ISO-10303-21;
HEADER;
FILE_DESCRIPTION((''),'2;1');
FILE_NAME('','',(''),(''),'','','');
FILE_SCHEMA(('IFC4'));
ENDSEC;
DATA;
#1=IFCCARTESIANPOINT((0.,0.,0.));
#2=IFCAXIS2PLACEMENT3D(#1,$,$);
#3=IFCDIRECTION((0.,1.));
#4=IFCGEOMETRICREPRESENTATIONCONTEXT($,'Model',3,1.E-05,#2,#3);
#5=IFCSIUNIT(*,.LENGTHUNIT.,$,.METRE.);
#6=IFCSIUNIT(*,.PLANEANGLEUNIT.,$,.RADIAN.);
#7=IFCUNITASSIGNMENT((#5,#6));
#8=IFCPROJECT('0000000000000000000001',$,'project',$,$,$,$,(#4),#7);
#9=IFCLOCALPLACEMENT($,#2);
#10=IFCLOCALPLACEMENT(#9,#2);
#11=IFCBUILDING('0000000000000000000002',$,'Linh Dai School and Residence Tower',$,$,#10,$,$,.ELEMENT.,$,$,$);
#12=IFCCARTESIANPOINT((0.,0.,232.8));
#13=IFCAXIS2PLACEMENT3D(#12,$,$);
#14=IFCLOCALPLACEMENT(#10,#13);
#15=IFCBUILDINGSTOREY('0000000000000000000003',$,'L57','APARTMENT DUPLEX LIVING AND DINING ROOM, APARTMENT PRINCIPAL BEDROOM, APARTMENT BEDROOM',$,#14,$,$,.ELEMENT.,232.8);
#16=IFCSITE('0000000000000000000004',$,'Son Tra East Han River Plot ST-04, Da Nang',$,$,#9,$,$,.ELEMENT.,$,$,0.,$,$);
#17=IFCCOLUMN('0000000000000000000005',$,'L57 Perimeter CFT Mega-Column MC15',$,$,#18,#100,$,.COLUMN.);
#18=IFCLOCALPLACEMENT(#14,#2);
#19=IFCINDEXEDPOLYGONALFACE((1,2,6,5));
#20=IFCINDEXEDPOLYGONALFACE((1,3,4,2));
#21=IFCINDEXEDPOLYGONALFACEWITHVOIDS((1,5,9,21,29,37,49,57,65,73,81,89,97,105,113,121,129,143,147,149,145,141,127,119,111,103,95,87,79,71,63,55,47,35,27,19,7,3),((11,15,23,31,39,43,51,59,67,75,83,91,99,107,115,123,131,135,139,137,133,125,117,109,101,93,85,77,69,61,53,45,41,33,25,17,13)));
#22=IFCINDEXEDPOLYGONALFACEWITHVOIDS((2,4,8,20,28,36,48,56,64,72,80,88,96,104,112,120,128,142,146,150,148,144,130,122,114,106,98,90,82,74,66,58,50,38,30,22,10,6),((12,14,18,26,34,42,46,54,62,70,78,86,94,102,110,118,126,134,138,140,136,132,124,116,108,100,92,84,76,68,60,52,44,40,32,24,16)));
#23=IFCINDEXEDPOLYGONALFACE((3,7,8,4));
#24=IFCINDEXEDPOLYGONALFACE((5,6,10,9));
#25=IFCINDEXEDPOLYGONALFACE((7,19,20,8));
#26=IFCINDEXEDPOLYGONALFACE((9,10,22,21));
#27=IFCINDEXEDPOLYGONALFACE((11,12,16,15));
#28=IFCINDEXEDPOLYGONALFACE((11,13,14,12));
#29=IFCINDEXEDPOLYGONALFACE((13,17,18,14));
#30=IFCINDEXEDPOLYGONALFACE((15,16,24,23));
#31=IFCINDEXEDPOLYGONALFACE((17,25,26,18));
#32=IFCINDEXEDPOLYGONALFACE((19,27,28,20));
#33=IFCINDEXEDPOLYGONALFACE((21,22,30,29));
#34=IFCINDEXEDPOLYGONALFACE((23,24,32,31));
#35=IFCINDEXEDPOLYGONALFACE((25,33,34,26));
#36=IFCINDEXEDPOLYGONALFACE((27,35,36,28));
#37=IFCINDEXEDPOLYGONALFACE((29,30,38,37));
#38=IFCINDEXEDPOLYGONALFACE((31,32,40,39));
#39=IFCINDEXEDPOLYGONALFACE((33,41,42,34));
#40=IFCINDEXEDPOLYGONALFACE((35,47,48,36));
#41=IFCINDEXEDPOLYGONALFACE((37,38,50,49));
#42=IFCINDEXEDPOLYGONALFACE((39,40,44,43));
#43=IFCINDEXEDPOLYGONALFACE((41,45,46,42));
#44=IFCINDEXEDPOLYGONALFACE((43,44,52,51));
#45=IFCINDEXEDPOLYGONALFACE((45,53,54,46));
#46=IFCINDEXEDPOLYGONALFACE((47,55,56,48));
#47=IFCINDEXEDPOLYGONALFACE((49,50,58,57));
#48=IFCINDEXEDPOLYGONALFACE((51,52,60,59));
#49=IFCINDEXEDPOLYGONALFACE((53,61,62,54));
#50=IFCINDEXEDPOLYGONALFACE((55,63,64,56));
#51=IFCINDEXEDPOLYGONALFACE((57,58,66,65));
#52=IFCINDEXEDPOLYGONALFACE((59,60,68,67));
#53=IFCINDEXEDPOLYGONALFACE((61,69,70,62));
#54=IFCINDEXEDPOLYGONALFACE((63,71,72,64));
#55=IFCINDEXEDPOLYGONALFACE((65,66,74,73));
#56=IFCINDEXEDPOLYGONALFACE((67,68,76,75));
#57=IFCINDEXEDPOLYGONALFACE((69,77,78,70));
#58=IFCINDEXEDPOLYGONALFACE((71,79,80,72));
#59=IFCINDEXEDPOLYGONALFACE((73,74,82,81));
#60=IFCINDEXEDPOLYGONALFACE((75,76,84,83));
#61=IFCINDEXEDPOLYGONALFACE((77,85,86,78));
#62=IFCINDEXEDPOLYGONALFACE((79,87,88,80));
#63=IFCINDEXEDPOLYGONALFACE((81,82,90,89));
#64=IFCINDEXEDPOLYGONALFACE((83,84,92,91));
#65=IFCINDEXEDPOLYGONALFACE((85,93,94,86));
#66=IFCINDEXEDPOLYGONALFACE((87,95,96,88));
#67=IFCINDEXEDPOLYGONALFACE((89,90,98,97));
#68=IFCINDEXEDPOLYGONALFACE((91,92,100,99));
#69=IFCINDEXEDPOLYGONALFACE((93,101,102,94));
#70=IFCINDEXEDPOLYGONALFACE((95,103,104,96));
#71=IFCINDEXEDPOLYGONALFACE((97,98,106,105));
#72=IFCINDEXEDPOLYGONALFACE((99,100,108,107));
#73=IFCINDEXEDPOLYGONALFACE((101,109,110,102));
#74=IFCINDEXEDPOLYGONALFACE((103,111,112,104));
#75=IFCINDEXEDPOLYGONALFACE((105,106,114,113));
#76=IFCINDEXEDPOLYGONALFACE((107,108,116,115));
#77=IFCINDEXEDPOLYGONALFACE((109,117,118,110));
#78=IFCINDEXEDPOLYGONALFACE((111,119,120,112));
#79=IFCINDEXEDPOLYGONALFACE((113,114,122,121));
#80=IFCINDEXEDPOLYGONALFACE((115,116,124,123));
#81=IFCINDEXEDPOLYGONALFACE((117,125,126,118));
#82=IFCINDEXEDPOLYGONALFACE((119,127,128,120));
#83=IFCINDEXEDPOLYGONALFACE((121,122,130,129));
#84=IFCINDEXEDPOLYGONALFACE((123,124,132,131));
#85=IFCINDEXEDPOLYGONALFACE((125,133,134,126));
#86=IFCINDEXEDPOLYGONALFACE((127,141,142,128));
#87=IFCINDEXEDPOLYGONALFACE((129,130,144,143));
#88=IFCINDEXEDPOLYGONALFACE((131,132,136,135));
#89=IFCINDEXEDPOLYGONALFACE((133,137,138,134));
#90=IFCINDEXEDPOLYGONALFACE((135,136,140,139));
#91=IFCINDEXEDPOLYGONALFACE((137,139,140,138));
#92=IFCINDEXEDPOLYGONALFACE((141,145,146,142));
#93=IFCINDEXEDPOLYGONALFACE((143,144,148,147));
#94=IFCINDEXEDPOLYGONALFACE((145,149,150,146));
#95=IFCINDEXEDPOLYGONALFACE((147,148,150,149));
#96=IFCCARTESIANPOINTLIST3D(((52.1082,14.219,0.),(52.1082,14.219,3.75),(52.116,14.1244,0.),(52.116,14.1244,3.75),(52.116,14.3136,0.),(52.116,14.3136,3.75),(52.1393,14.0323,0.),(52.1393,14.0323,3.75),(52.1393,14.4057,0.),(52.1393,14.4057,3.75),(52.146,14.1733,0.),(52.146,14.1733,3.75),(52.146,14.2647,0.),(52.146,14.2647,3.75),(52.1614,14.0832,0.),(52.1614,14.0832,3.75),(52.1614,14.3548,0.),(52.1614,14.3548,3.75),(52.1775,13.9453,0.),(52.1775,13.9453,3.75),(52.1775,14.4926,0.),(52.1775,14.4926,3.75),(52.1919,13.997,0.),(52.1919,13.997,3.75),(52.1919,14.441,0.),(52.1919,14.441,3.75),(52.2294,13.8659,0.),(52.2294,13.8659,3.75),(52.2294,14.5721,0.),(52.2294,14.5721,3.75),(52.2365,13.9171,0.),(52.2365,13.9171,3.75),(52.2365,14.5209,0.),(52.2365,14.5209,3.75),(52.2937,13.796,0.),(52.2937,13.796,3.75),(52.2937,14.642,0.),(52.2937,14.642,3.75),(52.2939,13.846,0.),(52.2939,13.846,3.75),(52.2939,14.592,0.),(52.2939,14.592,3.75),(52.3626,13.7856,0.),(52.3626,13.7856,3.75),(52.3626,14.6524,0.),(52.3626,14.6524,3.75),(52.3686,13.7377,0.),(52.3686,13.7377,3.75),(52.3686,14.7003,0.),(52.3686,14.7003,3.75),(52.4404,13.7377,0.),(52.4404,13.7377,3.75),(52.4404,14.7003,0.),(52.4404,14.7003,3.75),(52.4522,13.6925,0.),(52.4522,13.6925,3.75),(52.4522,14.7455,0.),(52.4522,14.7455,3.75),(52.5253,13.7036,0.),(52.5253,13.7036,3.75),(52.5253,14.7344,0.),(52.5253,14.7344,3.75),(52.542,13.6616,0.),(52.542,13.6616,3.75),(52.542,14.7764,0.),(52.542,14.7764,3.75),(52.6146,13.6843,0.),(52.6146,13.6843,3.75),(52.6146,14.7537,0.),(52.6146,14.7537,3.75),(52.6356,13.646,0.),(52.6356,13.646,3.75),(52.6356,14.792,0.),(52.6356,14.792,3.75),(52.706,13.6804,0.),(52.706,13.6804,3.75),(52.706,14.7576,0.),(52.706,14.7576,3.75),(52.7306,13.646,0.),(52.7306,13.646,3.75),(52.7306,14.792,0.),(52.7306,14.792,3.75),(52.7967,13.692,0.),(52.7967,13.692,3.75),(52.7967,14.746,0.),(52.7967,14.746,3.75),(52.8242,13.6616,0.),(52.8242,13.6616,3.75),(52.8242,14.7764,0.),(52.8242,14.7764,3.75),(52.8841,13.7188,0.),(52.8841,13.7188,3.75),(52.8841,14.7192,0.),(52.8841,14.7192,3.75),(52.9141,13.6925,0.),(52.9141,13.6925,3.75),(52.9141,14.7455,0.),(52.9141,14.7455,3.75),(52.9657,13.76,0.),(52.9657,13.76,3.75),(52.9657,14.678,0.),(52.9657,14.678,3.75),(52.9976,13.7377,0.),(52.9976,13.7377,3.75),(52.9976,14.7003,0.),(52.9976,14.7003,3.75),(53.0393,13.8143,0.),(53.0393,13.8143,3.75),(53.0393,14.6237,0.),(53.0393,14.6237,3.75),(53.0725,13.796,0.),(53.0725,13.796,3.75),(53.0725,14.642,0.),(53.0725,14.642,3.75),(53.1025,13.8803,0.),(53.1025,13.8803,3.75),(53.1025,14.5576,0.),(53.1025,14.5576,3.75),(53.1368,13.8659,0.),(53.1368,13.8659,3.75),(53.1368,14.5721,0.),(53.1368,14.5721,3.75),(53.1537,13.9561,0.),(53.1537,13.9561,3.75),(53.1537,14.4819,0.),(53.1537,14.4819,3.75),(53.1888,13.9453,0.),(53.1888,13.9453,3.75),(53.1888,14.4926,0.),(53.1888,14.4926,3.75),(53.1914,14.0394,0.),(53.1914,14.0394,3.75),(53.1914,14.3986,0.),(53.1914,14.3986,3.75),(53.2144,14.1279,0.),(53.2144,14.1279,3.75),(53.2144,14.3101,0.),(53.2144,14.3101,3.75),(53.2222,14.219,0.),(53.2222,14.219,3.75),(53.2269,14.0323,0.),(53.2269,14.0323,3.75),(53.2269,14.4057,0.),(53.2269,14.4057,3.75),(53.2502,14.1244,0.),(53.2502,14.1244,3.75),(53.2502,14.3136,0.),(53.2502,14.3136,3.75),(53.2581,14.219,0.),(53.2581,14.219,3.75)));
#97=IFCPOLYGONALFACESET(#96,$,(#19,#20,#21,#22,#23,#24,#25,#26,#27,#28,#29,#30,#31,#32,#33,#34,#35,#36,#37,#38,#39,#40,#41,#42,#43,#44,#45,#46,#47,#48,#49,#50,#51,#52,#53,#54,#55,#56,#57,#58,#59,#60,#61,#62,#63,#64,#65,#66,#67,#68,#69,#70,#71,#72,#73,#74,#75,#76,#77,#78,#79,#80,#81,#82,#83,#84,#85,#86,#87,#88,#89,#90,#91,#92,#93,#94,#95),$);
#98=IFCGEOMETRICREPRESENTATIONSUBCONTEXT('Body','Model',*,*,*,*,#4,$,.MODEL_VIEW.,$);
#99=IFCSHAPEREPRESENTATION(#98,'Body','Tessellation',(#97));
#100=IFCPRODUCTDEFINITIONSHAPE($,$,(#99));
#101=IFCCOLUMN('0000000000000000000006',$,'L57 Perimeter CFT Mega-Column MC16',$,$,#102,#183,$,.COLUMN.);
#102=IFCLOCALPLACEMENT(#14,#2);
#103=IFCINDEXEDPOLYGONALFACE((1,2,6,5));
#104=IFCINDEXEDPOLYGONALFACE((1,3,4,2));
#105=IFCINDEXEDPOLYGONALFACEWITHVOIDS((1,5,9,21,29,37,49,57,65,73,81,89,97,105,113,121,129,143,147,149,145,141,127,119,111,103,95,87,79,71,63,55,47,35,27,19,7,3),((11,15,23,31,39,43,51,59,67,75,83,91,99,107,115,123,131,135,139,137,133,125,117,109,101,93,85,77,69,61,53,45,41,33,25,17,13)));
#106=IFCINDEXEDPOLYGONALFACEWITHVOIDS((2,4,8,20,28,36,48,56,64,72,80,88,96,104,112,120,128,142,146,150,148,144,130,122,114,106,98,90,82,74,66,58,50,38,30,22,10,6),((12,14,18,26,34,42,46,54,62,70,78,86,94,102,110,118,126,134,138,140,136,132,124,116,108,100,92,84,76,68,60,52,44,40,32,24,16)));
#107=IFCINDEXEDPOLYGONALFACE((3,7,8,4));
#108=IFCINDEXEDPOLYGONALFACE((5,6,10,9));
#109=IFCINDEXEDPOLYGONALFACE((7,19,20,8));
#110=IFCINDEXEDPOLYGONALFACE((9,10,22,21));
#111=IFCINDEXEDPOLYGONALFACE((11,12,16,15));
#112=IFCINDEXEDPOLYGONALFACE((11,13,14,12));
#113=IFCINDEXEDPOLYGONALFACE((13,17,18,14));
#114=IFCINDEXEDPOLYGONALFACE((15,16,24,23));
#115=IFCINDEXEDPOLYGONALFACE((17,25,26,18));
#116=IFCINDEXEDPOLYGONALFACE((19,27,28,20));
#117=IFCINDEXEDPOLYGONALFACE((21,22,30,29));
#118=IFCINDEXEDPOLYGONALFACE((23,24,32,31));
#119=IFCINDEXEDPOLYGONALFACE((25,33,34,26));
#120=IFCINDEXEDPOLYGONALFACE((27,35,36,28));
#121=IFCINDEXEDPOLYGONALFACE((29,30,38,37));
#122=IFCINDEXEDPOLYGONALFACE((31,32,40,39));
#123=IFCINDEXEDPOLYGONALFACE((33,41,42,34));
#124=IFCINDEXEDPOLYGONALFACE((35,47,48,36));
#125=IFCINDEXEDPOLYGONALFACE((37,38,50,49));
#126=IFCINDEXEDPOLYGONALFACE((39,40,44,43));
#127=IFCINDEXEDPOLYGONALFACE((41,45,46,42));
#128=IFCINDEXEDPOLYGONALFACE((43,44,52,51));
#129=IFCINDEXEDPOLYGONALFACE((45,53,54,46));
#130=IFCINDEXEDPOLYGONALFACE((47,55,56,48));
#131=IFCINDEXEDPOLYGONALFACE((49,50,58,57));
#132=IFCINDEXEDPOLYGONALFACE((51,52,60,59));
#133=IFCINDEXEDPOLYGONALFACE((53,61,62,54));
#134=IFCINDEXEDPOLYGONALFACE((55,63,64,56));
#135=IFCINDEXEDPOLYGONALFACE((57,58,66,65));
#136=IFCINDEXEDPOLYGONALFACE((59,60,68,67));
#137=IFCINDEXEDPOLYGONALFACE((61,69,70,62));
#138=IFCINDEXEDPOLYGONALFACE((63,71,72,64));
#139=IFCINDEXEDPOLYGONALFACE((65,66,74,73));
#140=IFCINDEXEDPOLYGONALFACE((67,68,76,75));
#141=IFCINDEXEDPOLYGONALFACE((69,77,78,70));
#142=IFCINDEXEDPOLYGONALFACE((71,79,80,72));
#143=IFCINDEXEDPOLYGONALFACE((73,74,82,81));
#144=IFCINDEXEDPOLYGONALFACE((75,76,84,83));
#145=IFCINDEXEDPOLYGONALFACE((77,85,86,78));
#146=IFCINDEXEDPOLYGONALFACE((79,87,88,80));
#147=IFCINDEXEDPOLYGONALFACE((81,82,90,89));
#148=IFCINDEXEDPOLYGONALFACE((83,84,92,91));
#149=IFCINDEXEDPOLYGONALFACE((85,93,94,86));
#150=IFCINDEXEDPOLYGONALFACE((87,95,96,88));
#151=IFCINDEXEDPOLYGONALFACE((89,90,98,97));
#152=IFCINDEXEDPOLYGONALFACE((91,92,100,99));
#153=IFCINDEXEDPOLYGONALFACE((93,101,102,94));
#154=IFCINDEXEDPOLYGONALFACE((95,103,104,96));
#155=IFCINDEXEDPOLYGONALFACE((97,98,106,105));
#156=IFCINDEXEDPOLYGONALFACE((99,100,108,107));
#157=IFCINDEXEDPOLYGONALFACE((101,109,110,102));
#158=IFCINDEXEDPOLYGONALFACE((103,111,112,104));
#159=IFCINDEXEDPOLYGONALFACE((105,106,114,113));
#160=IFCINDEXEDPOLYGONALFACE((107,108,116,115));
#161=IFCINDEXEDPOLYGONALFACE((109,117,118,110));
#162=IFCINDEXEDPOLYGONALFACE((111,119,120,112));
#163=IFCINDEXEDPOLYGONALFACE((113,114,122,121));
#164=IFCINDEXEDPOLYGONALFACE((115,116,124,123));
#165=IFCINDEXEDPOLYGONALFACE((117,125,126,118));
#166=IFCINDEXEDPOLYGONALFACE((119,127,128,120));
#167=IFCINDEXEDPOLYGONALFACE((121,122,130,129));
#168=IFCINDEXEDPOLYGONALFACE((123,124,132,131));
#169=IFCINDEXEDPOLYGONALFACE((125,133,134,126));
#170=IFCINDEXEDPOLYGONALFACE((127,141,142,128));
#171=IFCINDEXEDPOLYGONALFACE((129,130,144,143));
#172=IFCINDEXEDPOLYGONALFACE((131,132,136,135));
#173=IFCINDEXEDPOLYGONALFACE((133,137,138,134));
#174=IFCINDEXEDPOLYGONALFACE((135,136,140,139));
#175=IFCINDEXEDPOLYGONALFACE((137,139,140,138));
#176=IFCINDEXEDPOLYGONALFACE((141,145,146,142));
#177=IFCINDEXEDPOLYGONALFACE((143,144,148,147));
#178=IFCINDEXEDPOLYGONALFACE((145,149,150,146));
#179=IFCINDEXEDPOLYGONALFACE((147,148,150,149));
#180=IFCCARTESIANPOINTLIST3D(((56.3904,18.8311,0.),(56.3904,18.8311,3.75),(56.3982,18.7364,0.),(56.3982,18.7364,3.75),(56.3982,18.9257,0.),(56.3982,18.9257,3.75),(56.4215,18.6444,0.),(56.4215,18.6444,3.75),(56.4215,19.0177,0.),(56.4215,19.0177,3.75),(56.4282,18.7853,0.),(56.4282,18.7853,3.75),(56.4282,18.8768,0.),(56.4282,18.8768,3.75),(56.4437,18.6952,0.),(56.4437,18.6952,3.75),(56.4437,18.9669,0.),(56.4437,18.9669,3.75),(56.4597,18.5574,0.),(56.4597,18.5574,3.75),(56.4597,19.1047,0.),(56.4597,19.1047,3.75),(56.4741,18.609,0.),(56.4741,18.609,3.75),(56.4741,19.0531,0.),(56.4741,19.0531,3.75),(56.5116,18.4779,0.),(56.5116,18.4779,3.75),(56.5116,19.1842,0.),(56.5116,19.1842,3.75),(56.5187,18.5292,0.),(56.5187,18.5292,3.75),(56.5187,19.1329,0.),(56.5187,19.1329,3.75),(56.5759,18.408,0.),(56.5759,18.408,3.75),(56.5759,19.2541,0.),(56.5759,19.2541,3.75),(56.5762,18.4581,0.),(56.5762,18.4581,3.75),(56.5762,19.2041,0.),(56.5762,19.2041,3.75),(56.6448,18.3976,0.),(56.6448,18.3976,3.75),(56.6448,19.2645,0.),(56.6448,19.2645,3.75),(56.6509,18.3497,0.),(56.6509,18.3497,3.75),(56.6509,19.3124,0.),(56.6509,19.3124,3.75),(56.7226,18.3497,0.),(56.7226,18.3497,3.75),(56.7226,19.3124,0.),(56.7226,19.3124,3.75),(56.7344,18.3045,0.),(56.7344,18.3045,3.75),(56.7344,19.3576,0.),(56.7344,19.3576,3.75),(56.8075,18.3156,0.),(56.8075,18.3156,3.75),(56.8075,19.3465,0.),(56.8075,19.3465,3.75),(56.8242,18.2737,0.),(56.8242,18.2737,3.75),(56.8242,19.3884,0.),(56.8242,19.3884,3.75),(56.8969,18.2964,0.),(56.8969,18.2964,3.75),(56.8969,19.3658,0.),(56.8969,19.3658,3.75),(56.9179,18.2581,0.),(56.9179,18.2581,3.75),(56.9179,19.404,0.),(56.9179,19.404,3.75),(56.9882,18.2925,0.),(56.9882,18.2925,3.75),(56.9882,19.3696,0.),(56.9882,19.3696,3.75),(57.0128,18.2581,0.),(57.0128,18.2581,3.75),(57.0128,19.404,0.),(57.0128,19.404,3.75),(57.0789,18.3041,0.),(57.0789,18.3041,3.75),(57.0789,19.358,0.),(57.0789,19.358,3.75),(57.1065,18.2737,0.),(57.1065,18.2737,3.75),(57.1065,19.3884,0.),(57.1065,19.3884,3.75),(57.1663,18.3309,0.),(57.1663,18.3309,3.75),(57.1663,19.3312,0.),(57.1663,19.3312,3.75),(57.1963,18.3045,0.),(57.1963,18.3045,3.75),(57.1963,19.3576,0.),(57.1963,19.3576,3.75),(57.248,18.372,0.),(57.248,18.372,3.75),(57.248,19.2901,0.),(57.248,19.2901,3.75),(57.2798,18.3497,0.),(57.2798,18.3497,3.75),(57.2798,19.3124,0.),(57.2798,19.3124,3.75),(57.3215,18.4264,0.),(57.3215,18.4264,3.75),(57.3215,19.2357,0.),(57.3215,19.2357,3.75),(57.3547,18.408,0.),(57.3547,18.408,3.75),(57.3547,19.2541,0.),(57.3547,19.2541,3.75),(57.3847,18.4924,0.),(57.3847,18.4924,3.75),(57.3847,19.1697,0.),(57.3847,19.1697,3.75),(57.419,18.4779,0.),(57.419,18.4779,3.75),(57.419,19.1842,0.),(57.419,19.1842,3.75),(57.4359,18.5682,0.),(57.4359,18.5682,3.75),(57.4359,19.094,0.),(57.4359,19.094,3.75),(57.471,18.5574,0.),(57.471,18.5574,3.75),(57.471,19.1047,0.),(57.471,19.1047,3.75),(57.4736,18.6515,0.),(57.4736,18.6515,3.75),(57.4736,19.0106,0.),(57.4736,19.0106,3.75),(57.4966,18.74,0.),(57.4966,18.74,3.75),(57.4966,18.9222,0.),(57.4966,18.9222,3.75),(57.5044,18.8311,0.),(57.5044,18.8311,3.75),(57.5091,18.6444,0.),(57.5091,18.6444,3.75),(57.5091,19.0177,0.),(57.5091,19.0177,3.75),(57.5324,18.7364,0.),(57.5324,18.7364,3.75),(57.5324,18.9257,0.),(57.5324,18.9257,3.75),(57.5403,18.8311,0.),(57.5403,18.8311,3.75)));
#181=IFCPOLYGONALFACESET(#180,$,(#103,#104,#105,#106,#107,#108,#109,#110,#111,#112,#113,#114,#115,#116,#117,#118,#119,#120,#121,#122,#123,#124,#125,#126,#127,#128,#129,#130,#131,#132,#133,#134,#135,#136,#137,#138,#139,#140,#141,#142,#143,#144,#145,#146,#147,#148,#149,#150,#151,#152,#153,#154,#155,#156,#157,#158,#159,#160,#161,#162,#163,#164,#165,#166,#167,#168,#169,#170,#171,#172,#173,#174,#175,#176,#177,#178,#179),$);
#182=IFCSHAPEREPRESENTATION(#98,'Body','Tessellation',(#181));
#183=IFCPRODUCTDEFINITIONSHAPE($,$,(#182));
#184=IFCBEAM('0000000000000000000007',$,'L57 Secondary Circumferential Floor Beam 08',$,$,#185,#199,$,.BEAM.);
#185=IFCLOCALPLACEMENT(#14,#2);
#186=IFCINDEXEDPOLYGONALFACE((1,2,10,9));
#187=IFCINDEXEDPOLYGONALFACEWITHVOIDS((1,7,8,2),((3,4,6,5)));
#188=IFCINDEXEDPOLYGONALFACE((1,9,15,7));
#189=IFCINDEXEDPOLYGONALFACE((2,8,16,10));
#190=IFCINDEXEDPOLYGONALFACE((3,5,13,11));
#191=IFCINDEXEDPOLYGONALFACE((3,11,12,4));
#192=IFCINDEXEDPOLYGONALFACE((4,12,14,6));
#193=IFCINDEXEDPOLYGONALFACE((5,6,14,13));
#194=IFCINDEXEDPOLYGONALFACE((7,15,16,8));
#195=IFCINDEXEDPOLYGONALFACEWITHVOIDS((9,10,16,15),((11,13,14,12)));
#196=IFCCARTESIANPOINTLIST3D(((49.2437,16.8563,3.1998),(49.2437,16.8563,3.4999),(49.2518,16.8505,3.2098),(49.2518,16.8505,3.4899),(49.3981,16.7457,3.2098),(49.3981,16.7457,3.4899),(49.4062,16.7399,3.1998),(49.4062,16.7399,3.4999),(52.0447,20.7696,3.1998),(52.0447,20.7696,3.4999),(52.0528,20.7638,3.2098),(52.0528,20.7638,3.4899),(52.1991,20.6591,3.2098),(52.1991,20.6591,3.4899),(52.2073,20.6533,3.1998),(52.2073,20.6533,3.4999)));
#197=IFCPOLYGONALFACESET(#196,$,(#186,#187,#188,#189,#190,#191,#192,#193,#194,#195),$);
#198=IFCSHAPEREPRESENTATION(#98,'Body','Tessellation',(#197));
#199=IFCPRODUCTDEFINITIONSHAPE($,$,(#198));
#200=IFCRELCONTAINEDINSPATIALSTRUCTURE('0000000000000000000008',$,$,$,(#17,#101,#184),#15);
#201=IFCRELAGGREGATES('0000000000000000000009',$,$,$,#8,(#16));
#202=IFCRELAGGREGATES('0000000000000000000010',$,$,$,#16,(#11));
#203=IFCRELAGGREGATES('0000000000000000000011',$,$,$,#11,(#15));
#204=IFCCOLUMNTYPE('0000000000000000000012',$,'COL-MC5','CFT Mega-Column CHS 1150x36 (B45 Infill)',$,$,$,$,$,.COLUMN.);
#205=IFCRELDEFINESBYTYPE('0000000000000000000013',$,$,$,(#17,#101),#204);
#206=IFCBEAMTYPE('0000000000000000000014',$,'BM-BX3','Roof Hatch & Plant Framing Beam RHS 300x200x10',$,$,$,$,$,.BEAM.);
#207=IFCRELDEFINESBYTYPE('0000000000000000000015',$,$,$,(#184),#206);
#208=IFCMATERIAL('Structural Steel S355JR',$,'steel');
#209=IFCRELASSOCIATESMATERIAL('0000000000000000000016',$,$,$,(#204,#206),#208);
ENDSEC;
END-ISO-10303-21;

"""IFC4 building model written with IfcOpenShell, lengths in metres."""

from ifc_helpers import new_model, si_unit, direction, frame, origin, origin_2d, place, context, subcontext, project, spatial, hollow_rectangle, hollow_circle, extrude, material, material_profile, profile_set, type_object, element, save


model = new_model("IFC4")

# Units and contexts
model_context = context("Model", 3, precision=1e-05, world=origin(), true_north=direction((0.0, 1.0)))
body_context = subcontext(model_context, "Body", "Model", "MODEL_VIEW")
ifc_project = project(units=[si_unit("LENGTHUNIT", "METRE"), si_unit("PLANEANGLEUNIT", "RADIAN")], contexts=[model_context])

# Site, building, storey
site_placement = place(None, origin())
site = spatial("IfcSite", under=ifc_project, at=site_placement, Name="Son Tra East Han River Plot ST-04, Da Nang", CompositionType="ELEMENT", RefElevation=0.0)
building_placement = place(site_placement, origin())
building = spatial("IfcBuilding", under=site, at=building_placement, Name="Linh Dai School and Residence Tower", CompositionType="ELEMENT")
storey_placement = place(building_placement, frame((0.0, 0.0, 232.8)))
storey = spatial("IfcBuildingStorey", under=building, at=storey_placement, Name="L57", Description="APARTMENT DUPLEX LIVING AND DINING ROOM, APARTMENT PRINCIPAL BEDROOM, APARTMENT BEDROOM", CompositionType="ELEMENT", Elevation=232.8)

# Columns
ifc_material_1 = material(Name="Structural Steel S355JR", Category="steel")
ifc_material_profile_1 = material_profile(ifc_material_1, hollow_circle(Radius=0.575, WallThickness=0.0359, at=origin_2d()), Name="CHS 1150x36")
ifc_profile_set_1 = profile_set([ifc_material_profile_1], Name="Structural Steel S355JR")
column_type = type_object("IfcColumnType", Name="COL-MC5", Description="CFT Mega-Column CHS 1150x36 (B45 Infill)", PredefinedType="COLUMN", material=ifc_profile_set_1)
for number, where, z_axis, x_axis, name in (
    (1, (52.6831, 14.219, 0.0), (0.0, 0.0, 1.0), (1.0, 0.0, 0.0), "L57 Perimeter CFT Mega-Column MC15"),
    (2, (56.9653, 18.8311, 0.0), (0.0, 0.0, 1.0), (1.0, 0.0, 0.0), "L57 Perimeter CFT Mega-Column MC16"),
):
    element("IfcColumn", number, at=place(storey_placement, frame(where, z_axis=z_axis, x_axis=x_axis)), inside=storey, type_object=column_type, Name=name, PredefinedType="COLUMN", context=body_context, shape_type="SweptSolid", body=[
        extrude(hollow_circle(Radius=0.575, WallThickness=0.0359, at=origin_2d()), origin(), (0.0, 0.0, 1.0), 3.75),
    ])

# Beam
ifc_material_profile_2 = material_profile(ifc_material_1, hollow_rectangle(XDim=0.2, YDim=0.3, WallThickness=0.01, at=origin_2d()), Name="RHS 300x200x10")
ifc_profile_set_2 = profile_set([ifc_material_profile_2], Name="Structural Steel S355JR")
beam_type_1 = type_object("IfcBeamType", Name="BM-BX3", Description="Roof Hatch & Plant Framing Beam RHS 300x200x10", PredefinedType="BEAM", material=ifc_profile_set_2)
beam_1_placement = place(storey_placement, frame((49.325, 16.7981, 3.3499), z_axis=(0.582035, 0.813164, 0.0), x_axis=(-0.813164, 0.582035, 0.0)))
element("IfcBeam", 3, at=beam_1_placement, inside=storey, type_object=beam_type_1, Name="L57 Secondary Circumferential Floor Beam 08", PredefinedType="BEAM", context=body_context, shape_type="SweptSolid", body=[
    extrude(hollow_rectangle(XDim=0.2, YDim=0.3, WallThickness=0.01, at=origin_2d()), origin(), (0.0, 0.0, 1.0), 4.8125),
])

save(model, "model.ifc")
